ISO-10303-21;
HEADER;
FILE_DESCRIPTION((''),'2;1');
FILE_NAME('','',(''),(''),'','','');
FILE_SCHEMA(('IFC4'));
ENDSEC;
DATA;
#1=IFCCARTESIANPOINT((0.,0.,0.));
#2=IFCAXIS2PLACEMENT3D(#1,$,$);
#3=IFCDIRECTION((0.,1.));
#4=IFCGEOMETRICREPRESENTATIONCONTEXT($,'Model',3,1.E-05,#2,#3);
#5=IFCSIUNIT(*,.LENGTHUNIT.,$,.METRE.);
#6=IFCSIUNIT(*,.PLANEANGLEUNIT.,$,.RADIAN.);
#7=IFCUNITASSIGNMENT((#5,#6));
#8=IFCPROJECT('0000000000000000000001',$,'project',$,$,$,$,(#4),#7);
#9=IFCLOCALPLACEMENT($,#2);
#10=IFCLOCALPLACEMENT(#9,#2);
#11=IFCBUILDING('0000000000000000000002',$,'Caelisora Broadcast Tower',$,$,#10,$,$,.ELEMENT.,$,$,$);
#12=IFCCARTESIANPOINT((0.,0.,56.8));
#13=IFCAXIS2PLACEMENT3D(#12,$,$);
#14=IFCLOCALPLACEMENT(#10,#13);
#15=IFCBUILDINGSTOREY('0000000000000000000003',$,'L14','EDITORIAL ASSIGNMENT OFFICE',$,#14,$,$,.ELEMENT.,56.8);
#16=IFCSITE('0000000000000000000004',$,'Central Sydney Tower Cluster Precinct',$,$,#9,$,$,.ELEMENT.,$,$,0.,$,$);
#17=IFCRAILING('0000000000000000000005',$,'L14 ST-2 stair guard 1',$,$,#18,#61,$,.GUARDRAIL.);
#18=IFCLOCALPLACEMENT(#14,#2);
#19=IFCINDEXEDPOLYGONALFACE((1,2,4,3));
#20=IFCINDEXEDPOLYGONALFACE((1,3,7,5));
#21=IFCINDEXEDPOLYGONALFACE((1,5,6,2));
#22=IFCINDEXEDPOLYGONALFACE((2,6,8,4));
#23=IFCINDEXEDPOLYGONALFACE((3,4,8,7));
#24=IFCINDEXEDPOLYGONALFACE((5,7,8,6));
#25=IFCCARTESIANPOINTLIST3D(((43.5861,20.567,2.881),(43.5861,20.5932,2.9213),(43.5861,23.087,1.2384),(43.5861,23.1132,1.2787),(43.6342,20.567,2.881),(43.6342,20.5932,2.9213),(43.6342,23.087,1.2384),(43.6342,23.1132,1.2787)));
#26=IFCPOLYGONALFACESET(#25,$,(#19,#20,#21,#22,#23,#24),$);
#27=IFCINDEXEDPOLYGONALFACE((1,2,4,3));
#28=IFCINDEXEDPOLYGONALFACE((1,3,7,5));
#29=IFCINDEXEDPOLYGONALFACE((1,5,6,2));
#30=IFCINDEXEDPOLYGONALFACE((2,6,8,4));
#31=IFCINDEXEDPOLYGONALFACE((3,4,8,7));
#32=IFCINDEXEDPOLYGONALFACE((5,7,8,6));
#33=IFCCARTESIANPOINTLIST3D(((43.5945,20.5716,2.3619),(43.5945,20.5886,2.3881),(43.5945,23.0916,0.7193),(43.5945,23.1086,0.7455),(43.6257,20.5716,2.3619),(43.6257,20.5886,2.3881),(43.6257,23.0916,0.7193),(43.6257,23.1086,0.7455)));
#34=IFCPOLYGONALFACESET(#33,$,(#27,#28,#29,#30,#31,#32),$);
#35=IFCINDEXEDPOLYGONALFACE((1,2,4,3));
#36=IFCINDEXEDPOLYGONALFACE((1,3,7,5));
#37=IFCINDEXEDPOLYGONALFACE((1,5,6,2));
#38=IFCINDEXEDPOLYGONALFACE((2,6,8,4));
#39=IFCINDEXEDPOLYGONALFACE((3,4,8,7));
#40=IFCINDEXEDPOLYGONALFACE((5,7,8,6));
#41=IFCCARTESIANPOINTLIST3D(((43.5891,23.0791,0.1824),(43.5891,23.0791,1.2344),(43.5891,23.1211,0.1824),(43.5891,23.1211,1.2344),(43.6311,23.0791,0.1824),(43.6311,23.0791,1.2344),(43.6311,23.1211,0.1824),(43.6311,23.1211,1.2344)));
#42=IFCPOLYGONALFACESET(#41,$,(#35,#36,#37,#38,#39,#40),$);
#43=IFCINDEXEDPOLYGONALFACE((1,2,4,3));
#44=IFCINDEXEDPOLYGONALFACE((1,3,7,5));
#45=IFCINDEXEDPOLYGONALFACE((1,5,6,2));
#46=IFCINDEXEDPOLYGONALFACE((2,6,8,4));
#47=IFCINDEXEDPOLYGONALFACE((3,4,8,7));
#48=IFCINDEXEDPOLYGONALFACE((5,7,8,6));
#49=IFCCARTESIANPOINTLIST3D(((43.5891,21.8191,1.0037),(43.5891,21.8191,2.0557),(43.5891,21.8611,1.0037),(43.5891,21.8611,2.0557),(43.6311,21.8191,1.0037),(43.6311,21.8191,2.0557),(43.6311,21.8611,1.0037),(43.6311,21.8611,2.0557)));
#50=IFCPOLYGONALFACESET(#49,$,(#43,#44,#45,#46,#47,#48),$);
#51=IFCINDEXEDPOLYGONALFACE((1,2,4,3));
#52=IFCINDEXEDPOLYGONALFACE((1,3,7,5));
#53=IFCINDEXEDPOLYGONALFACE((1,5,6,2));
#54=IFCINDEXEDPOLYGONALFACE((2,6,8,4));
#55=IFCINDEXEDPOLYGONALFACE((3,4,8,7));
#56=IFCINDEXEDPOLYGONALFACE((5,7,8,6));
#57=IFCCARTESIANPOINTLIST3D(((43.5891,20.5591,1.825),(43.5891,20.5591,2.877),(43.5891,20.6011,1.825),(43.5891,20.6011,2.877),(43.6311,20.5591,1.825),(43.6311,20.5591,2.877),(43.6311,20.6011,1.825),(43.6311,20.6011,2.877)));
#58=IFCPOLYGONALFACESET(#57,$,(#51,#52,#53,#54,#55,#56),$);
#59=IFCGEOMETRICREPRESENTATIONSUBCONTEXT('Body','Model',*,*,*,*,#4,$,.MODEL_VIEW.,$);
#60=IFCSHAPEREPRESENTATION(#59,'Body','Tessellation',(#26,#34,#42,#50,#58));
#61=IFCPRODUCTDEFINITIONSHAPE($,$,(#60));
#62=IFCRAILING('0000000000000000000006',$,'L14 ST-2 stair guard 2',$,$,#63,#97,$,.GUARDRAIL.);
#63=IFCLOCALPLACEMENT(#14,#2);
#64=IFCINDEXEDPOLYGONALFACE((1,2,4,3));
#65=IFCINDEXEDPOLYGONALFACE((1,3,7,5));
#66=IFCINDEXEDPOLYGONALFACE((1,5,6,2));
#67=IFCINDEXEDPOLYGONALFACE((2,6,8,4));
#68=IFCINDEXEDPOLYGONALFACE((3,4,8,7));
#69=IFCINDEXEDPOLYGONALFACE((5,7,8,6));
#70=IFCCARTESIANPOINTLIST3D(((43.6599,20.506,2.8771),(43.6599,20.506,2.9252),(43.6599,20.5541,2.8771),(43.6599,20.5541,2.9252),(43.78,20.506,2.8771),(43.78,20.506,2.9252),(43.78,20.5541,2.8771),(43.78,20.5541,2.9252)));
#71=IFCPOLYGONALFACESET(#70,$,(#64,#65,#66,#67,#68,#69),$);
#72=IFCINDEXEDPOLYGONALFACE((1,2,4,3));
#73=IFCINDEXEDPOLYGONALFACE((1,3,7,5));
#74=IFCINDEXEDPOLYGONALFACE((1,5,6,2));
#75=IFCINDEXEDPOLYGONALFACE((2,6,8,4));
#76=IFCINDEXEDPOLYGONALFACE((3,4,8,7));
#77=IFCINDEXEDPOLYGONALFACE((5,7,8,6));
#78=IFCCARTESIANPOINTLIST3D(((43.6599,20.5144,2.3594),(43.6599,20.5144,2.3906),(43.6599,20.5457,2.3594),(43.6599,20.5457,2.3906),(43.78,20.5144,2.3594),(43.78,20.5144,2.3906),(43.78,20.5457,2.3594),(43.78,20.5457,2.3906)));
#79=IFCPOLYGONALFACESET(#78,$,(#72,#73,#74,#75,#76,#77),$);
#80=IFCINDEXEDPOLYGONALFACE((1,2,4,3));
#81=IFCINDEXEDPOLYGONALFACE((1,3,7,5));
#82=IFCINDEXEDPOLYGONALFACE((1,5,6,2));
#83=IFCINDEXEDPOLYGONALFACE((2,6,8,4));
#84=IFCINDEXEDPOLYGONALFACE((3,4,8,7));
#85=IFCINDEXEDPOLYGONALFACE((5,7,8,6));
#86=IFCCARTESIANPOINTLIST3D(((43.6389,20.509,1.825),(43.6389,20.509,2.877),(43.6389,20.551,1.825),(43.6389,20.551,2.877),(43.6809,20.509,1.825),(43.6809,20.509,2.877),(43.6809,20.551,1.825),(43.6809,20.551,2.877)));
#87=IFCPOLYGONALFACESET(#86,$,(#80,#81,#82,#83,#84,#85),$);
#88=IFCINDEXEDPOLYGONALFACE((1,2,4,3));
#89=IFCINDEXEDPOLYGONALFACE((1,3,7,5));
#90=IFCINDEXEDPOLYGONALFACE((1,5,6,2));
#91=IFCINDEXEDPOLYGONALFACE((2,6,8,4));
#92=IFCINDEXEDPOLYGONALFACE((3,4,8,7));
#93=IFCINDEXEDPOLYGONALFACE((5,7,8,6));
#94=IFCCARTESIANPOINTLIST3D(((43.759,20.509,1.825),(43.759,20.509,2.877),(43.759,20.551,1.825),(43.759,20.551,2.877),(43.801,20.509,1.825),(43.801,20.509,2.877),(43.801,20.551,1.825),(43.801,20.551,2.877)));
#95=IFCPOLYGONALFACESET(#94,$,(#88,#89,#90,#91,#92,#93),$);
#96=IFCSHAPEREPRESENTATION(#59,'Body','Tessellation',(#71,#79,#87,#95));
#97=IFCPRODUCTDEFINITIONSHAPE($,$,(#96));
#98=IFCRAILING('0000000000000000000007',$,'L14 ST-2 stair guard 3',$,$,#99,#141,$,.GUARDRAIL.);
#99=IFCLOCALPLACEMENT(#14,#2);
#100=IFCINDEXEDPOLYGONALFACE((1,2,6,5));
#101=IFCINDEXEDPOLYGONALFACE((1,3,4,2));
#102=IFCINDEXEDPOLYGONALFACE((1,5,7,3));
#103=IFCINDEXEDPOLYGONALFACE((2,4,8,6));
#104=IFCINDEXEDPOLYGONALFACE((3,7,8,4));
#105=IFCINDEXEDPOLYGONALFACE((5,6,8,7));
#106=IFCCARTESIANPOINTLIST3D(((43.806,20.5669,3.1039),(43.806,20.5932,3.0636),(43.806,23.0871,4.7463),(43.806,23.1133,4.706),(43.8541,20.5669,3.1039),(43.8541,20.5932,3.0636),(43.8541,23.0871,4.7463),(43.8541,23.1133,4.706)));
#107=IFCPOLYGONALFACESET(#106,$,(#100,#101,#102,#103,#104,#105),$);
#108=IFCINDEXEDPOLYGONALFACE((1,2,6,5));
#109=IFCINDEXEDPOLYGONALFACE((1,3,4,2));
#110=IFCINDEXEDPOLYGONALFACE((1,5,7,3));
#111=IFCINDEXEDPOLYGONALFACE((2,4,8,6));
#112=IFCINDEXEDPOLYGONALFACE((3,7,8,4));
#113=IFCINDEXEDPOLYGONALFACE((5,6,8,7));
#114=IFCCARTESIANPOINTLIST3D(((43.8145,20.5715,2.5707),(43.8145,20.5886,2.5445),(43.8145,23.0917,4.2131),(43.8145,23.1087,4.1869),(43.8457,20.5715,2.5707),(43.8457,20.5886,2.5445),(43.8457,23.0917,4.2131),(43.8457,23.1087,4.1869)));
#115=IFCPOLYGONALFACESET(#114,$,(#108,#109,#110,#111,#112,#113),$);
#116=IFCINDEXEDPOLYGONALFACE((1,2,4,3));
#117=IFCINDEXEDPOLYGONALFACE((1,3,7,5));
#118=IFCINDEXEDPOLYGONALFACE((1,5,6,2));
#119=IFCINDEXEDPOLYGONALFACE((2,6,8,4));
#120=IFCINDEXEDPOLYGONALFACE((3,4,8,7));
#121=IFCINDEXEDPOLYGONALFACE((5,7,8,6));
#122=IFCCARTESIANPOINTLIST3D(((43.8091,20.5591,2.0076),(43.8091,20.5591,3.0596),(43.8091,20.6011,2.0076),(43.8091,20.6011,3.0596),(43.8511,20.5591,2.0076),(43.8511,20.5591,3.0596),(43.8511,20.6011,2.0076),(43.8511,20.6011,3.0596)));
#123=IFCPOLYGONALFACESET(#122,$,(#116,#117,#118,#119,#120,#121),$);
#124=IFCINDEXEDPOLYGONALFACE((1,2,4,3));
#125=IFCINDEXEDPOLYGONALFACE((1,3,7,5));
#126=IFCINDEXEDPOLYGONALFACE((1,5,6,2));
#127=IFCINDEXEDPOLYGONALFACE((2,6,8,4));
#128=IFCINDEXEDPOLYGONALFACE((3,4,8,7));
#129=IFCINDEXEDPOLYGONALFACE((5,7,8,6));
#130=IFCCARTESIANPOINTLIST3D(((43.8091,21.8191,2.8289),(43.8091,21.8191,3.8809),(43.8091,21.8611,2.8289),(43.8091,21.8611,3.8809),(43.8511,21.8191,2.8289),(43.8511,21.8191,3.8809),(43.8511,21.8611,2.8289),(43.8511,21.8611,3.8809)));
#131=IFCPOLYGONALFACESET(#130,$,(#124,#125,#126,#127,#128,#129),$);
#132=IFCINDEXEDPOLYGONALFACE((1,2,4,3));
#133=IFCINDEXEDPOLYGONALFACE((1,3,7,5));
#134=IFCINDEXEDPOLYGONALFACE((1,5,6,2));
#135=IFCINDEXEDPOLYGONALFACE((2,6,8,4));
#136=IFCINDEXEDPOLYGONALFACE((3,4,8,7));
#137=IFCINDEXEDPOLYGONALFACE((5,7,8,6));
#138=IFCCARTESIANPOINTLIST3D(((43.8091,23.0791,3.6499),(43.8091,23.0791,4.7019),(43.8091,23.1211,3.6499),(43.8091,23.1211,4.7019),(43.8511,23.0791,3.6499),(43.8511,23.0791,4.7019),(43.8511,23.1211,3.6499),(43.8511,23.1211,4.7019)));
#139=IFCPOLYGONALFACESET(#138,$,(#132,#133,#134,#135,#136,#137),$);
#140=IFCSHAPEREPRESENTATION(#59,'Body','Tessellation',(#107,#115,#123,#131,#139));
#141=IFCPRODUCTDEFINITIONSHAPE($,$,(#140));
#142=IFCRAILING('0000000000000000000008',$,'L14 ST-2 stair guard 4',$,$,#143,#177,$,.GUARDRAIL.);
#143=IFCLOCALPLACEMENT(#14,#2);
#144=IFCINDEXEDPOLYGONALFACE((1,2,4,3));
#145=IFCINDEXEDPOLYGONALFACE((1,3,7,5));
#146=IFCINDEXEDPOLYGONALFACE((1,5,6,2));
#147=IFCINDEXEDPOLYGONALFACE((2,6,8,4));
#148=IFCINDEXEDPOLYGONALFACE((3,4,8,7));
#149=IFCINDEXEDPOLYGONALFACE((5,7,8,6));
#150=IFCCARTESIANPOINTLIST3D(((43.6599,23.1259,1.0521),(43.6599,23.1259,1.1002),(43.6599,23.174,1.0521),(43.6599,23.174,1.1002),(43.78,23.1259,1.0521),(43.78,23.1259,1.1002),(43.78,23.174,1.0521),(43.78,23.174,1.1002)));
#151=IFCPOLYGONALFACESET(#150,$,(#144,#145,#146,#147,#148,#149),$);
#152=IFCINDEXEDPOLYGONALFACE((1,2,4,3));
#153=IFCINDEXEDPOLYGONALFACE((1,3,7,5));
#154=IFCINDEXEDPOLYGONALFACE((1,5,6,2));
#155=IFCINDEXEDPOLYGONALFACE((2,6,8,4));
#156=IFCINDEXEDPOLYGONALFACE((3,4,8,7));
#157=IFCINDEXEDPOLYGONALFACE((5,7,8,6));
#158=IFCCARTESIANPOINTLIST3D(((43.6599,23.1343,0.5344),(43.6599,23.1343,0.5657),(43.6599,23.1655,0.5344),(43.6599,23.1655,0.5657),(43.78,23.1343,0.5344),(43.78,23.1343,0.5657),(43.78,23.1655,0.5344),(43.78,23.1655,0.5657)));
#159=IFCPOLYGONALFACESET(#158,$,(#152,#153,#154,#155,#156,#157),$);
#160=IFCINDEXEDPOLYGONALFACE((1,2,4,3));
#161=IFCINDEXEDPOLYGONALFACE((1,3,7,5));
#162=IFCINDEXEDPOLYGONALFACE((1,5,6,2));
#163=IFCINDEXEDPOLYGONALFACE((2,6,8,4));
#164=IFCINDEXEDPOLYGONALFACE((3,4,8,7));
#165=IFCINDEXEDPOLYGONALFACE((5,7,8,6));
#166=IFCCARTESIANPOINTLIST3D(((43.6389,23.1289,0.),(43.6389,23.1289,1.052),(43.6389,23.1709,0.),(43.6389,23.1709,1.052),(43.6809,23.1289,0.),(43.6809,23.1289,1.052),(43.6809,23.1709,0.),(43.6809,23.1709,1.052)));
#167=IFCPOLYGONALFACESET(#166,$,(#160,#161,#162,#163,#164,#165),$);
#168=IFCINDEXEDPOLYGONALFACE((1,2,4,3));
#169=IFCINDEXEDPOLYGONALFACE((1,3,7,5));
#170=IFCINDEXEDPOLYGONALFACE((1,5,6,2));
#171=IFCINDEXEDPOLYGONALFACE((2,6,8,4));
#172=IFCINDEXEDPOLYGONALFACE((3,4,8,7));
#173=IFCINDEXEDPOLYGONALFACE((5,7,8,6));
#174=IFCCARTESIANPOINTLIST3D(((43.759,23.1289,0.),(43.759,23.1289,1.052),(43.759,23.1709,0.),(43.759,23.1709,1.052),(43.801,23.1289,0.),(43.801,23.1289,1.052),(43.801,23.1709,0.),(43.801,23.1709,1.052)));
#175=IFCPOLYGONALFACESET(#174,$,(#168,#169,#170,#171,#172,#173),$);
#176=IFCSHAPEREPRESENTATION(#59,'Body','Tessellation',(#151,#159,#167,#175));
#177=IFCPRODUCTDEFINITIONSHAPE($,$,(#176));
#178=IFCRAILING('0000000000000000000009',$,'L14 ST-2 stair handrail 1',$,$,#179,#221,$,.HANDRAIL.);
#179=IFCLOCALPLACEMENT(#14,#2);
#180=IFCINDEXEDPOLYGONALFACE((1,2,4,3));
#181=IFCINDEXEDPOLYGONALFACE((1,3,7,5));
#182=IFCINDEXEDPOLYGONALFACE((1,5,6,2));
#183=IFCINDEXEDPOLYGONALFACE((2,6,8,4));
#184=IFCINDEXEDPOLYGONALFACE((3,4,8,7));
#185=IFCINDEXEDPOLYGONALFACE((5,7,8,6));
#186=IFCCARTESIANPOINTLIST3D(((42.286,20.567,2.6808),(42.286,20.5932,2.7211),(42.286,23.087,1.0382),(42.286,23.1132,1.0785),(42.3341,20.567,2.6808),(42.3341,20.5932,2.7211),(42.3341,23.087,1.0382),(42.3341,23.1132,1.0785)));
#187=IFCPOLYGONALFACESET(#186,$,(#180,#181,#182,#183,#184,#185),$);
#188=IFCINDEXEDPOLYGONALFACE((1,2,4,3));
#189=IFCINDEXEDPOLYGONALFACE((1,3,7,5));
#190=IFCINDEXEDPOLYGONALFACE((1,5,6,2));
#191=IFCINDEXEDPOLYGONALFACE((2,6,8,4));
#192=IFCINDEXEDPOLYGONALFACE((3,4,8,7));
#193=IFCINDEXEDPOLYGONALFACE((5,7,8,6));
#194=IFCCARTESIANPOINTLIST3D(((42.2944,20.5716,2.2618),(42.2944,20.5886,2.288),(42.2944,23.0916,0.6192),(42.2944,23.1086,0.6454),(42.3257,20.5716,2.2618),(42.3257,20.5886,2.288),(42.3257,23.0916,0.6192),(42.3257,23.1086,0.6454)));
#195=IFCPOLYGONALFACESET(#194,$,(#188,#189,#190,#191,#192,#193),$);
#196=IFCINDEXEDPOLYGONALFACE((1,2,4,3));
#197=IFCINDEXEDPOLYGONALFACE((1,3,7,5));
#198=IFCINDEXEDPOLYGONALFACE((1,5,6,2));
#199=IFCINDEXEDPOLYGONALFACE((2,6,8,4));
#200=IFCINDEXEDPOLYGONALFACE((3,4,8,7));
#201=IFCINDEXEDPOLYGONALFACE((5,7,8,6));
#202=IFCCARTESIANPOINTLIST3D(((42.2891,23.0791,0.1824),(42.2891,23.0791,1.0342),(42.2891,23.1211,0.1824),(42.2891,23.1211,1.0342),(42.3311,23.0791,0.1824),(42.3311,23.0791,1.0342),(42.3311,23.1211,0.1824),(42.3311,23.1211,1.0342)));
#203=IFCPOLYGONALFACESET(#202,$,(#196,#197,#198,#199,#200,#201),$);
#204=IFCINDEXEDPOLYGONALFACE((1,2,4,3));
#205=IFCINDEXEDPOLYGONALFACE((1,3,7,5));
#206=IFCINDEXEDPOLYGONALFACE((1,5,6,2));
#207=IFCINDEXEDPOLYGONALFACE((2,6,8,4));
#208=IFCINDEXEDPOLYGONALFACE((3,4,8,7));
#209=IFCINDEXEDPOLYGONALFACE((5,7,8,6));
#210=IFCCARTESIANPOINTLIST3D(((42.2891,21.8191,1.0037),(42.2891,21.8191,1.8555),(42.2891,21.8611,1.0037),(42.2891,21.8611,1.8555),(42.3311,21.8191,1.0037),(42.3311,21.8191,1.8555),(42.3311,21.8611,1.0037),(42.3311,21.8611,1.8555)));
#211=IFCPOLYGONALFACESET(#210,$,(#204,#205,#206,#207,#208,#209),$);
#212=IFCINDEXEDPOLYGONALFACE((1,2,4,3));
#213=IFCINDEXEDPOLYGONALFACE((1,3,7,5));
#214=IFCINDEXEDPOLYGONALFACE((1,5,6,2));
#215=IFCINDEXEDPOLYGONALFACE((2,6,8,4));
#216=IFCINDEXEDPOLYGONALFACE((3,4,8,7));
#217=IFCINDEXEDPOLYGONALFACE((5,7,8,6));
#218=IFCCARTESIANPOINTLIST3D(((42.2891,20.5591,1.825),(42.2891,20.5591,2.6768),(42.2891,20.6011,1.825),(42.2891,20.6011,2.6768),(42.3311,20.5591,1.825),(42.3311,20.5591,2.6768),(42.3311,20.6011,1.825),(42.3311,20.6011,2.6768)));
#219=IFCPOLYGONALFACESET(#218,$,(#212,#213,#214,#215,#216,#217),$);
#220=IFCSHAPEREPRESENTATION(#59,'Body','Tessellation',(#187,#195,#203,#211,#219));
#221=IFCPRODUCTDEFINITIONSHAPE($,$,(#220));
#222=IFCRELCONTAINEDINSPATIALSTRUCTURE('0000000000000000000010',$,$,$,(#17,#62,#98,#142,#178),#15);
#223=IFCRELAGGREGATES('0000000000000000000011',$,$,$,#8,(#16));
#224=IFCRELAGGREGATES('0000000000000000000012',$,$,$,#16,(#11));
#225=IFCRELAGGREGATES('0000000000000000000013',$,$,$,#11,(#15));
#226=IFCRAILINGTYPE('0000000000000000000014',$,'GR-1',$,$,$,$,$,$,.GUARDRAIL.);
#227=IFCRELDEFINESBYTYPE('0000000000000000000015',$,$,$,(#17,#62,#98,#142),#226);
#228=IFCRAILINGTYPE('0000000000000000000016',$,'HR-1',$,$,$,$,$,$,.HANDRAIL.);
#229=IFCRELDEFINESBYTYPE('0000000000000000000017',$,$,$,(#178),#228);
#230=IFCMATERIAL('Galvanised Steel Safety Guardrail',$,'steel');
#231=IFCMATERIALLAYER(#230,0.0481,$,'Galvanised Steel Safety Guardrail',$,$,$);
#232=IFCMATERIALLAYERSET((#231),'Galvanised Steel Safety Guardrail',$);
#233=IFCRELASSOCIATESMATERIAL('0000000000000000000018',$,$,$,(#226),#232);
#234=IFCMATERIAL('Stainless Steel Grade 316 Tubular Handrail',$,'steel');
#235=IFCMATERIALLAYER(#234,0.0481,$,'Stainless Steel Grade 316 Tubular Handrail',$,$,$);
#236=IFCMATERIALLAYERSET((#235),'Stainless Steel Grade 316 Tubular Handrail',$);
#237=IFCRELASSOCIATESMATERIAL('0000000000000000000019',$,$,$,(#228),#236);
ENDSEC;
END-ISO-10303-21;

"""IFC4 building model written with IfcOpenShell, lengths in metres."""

from ifc_helpers import new_model, si_unit, direction, frame, origin, origin_2d, place, context, subcontext, project, spatial, rectangle, extrude, material, layer, layer_set, type_object, element, save


model = new_model("IFC4")

# Units and contexts
model_context = context("Model", 3, precision=1e-05, world=origin(), true_north=direction((0.0, 1.0)))
body_context = subcontext(model_context, "Body", "Model", "MODEL_VIEW")
ifc_project = project(units=[si_unit("LENGTHUNIT", "METRE"), si_unit("PLANEANGLEUNIT", "RADIAN")], contexts=[model_context])

# Site, building, storey
site_placement = place(None, origin())
site = spatial("IfcSite", under=ifc_project, at=site_placement, Name="Central Sydney Tower Cluster Precinct", CompositionType="ELEMENT", RefElevation=0.0)
building_placement = place(site_placement, origin())
building = spatial("IfcBuilding", under=site, at=building_placement, Name="Caelisora Broadcast Tower", CompositionType="ELEMENT")
storey_placement = place(building_placement, frame((0.0, 0.0, 56.8)))
storey = spatial("IfcBuildingStorey", under=building, at=storey_placement, Name="L14", Description="EDITORIAL ASSIGNMENT OFFICE", CompositionType="ELEMENT", Elevation=56.8)

# Railings
ifc_material_1 = material(Name="Galvanised Steel Safety Guardrail", Category="steel")
ifc_layer_1 = layer(ifc_material_1, 0.0481, Name="Galvanised Steel Safety Guardrail")
ifc_layer_set_1 = layer_set([ifc_layer_1], Name="Galvanised Steel Safety Guardrail")
railing_type_1 = type_object("IfcRailingType", Name="GR-1", PredefinedType="GUARDRAIL", material=ifc_layer_set_1)
railing_1_placement = place(storey_placement, frame((43.6101, 23.1001, 0.1824)))
element("IfcRailing", 1, at=railing_1_placement, inside=storey, type_object=railing_type_1, Name="L14 ST-2 stair guard 1", PredefinedType="GUARDRAIL", context=body_context, shape_type="SweptSolid", body=[
    extrude(rectangle(XDim=0.0481, YDim=0.0481, at=origin_2d()), frame((0.0, 0.0, 1.0762), z_axis=(0.0, -0.837749, 0.546055), x_axis=(1.0, 0.0, 0.0)), (0.0, 0.0, 1.0), 3.0081),
    extrude(rectangle(XDim=0.0312, YDim=0.0312, at=origin_2d()), frame((0.0, 0.0, 0.55), z_axis=(0.0, -0.837749, 0.546055), x_axis=(1.0, 0.0, 0.0)), (0.0, 0.0, 1.0), 3.0081),
    extrude(rectangle(XDim=0.042, YDim=0.042, at=origin_2d()), origin(), (0.0, 0.0, 1.0), 1.052),
    extrude(rectangle(XDim=0.042, YDim=0.042, at=origin_2d()), frame((0.0, -1.26, 0.8213)), (0.0, 0.0, 1.0), 1.052),
    extrude(rectangle(XDim=0.042, YDim=0.042, at=origin_2d()), frame((0.0, -2.52, 1.6426)), (0.0, 0.0, 1.0), 1.052),
])
railing_2_placement = place(storey_placement, frame((43.6599, 20.53, 1.825)))
element("IfcRailing", 2, at=railing_2_placement, inside=storey, type_object=railing_type_1, Name="L14 ST-2 stair guard 2", PredefinedType="GUARDRAIL", context=body_context, shape_type="SweptSolid", body=[
    extrude(rectangle(XDim=0.0481, YDim=0.0481, at=origin_2d()), frame((0.0, 0.0, 1.0762), z_axis=(1.0, 0.0, 0.0), x_axis=(0.0, 1.0, 0.0)), (0.0, 0.0, 1.0), 0.1201),
    extrude(rectangle(XDim=0.0312, YDim=0.0312, at=origin_2d()), frame((0.0, 0.0, 0.55), z_axis=(1.0, 0.0, 0.0), x_axis=(0.0, 1.0, 0.0)), (0.0, 0.0, 1.0), 0.1201),
    extrude(rectangle(XDim=0.042, YDim=0.042, at=origin_2d()), origin(), (0.0, 0.0, 1.0), 1.052),
    extrude(rectangle(XDim=0.042, YDim=0.042, at=origin_2d()), frame((0.1201, 0.0, 0.0)), (0.0, 0.0, 1.0), 1.052),
])
railing_3_placement = place(storey_placement, frame((43.8301, 20.5801, 2.0076)))
element("IfcRailing", 3, at=railing_3_placement, inside=storey, type_object=railing_type_1, Name="L14 ST-2 stair guard 3", PredefinedType="GUARDRAIL", context=body_context, shape_type="SweptSolid", body=[
    extrude(rectangle(XDim=0.0481, YDim=0.0481, at=origin_2d()), frame((0.0, 0.0, 1.0762), z_axis=(0.0, 0.837787, 0.545998), x_axis=(-1.0, 0.0, 0.0)), (0.0, 0.0, 1.0), 3.0081),
    extrude(rectangle(XDim=0.0312, YDim=0.0312, at=origin_2d()), frame((0.0, 0.0, 0.55), z_axis=(0.0, 0.837787, 0.545998), x_axis=(-1.0, 0.0, 0.0)), (0.0, 0.0, 1.0), 3.0081),
    extrude(rectangle(XDim=0.042, YDim=0.042, at=origin_2d()), origin(), (0.0, 0.0, 1.0), 1.052),
    extrude(rectangle(XDim=0.042, YDim=0.042, at=origin_2d()), frame((0.0, 1.26, 0.8213)), (0.0, 0.0, 1.0), 1.052),
    extrude(rectangle(XDim=0.042, YDim=0.042, at=origin_2d()), frame((0.0, 2.52, 1.6423)), (0.0, 0.0, 1.0), 1.052),
])
railing_4_placement = place(storey_placement, frame((43.6599, 23.1499, 0.0)))
element("IfcRailing", 4, at=railing_4_placement, inside=storey, type_object=railing_type_1, Name="L14 ST-2 stair guard 4", PredefinedType="GUARDRAIL", context=body_context, shape_type="SweptSolid", body=[
    extrude(rectangle(XDim=0.0481, YDim=0.0481, at=origin_2d()), frame((0.0, 0.0, 1.0762), z_axis=(1.0, 0.0, 0.0), x_axis=(0.0, 1.0, 0.0)), (0.0, 0.0, 1.0), 0.1201),
    extrude(rectangle(XDim=0.0312, YDim=0.0312, at=origin_2d()), frame((0.0, 0.0, 0.55), z_axis=(1.0, 0.0, 0.0), x_axis=(0.0, 1.0, 0.0)), (0.0, 0.0, 1.0), 0.1201),
    extrude(rectangle(XDim=0.042, YDim=0.042, at=origin_2d()), origin(), (0.0, 0.0, 1.0), 1.052),
    extrude(rectangle(XDim=0.042, YDim=0.042, at=origin_2d()), frame((0.1201, 0.0, 0.0)), (0.0, 0.0, 1.0), 1.052),
])
ifc_material_2 = material(Name="Stainless Steel Grade 316 Tubular Handrail", Category="steel")
ifc_layer_2 = layer(ifc_material_2, 0.0481, Name="Stainless Steel Grade 316 Tubular Handrail")
ifc_layer_set_2 = layer_set([ifc_layer_2], Name="Stainless Steel Grade 316 Tubular Handrail")
railing_type_2 = type_object("IfcRailingType", Name="HR-1", PredefinedType="HANDRAIL", material=ifc_layer_set_2)
railing_5_placement = place(storey_placement, frame((42.3101, 23.1001, 0.1824)))
element("IfcRailing", 5, at=railing_5_placement, inside=storey, type_object=railing_type_2, Name="L14 ST-2 stair handrail 1", PredefinedType="HANDRAIL", context=body_context, shape_type="SweptSolid", body=[
    extrude(rectangle(XDim=0.0481, YDim=0.0481, at=origin_2d()), frame((0.0, 0.0, 0.876), z_axis=(0.0, -0.837749, 0.546055), x_axis=(1.0, 0.0, 0.0)), (0.0, 0.0, 1.0), 3.0081),
    extrude(rectangle(XDim=0.0312, YDim=0.0312, at=origin_2d()), frame((0.0, 0.0, 0.45), z_axis=(0.0, -0.837749, 0.546055), x_axis=(1.0, 0.0, 0.0)), (0.0, 0.0, 1.0), 3.0081),
    extrude(rectangle(XDim=0.042, YDim=0.042, at=origin_2d()), origin(), (0.0, 0.0, 1.0), 0.8518),
    extrude(rectangle(XDim=0.042, YDim=0.042, at=origin_2d()), frame((0.0, -1.26, 0.8213)), (0.0, 0.0, 1.0), 0.8518),
    extrude(rectangle(XDim=0.042, YDim=0.042, at=origin_2d()), frame((0.0, -2.52, 1.6426)), (0.0, 0.0, 1.0), 0.8518),
])

save(model, "model.ifc")
